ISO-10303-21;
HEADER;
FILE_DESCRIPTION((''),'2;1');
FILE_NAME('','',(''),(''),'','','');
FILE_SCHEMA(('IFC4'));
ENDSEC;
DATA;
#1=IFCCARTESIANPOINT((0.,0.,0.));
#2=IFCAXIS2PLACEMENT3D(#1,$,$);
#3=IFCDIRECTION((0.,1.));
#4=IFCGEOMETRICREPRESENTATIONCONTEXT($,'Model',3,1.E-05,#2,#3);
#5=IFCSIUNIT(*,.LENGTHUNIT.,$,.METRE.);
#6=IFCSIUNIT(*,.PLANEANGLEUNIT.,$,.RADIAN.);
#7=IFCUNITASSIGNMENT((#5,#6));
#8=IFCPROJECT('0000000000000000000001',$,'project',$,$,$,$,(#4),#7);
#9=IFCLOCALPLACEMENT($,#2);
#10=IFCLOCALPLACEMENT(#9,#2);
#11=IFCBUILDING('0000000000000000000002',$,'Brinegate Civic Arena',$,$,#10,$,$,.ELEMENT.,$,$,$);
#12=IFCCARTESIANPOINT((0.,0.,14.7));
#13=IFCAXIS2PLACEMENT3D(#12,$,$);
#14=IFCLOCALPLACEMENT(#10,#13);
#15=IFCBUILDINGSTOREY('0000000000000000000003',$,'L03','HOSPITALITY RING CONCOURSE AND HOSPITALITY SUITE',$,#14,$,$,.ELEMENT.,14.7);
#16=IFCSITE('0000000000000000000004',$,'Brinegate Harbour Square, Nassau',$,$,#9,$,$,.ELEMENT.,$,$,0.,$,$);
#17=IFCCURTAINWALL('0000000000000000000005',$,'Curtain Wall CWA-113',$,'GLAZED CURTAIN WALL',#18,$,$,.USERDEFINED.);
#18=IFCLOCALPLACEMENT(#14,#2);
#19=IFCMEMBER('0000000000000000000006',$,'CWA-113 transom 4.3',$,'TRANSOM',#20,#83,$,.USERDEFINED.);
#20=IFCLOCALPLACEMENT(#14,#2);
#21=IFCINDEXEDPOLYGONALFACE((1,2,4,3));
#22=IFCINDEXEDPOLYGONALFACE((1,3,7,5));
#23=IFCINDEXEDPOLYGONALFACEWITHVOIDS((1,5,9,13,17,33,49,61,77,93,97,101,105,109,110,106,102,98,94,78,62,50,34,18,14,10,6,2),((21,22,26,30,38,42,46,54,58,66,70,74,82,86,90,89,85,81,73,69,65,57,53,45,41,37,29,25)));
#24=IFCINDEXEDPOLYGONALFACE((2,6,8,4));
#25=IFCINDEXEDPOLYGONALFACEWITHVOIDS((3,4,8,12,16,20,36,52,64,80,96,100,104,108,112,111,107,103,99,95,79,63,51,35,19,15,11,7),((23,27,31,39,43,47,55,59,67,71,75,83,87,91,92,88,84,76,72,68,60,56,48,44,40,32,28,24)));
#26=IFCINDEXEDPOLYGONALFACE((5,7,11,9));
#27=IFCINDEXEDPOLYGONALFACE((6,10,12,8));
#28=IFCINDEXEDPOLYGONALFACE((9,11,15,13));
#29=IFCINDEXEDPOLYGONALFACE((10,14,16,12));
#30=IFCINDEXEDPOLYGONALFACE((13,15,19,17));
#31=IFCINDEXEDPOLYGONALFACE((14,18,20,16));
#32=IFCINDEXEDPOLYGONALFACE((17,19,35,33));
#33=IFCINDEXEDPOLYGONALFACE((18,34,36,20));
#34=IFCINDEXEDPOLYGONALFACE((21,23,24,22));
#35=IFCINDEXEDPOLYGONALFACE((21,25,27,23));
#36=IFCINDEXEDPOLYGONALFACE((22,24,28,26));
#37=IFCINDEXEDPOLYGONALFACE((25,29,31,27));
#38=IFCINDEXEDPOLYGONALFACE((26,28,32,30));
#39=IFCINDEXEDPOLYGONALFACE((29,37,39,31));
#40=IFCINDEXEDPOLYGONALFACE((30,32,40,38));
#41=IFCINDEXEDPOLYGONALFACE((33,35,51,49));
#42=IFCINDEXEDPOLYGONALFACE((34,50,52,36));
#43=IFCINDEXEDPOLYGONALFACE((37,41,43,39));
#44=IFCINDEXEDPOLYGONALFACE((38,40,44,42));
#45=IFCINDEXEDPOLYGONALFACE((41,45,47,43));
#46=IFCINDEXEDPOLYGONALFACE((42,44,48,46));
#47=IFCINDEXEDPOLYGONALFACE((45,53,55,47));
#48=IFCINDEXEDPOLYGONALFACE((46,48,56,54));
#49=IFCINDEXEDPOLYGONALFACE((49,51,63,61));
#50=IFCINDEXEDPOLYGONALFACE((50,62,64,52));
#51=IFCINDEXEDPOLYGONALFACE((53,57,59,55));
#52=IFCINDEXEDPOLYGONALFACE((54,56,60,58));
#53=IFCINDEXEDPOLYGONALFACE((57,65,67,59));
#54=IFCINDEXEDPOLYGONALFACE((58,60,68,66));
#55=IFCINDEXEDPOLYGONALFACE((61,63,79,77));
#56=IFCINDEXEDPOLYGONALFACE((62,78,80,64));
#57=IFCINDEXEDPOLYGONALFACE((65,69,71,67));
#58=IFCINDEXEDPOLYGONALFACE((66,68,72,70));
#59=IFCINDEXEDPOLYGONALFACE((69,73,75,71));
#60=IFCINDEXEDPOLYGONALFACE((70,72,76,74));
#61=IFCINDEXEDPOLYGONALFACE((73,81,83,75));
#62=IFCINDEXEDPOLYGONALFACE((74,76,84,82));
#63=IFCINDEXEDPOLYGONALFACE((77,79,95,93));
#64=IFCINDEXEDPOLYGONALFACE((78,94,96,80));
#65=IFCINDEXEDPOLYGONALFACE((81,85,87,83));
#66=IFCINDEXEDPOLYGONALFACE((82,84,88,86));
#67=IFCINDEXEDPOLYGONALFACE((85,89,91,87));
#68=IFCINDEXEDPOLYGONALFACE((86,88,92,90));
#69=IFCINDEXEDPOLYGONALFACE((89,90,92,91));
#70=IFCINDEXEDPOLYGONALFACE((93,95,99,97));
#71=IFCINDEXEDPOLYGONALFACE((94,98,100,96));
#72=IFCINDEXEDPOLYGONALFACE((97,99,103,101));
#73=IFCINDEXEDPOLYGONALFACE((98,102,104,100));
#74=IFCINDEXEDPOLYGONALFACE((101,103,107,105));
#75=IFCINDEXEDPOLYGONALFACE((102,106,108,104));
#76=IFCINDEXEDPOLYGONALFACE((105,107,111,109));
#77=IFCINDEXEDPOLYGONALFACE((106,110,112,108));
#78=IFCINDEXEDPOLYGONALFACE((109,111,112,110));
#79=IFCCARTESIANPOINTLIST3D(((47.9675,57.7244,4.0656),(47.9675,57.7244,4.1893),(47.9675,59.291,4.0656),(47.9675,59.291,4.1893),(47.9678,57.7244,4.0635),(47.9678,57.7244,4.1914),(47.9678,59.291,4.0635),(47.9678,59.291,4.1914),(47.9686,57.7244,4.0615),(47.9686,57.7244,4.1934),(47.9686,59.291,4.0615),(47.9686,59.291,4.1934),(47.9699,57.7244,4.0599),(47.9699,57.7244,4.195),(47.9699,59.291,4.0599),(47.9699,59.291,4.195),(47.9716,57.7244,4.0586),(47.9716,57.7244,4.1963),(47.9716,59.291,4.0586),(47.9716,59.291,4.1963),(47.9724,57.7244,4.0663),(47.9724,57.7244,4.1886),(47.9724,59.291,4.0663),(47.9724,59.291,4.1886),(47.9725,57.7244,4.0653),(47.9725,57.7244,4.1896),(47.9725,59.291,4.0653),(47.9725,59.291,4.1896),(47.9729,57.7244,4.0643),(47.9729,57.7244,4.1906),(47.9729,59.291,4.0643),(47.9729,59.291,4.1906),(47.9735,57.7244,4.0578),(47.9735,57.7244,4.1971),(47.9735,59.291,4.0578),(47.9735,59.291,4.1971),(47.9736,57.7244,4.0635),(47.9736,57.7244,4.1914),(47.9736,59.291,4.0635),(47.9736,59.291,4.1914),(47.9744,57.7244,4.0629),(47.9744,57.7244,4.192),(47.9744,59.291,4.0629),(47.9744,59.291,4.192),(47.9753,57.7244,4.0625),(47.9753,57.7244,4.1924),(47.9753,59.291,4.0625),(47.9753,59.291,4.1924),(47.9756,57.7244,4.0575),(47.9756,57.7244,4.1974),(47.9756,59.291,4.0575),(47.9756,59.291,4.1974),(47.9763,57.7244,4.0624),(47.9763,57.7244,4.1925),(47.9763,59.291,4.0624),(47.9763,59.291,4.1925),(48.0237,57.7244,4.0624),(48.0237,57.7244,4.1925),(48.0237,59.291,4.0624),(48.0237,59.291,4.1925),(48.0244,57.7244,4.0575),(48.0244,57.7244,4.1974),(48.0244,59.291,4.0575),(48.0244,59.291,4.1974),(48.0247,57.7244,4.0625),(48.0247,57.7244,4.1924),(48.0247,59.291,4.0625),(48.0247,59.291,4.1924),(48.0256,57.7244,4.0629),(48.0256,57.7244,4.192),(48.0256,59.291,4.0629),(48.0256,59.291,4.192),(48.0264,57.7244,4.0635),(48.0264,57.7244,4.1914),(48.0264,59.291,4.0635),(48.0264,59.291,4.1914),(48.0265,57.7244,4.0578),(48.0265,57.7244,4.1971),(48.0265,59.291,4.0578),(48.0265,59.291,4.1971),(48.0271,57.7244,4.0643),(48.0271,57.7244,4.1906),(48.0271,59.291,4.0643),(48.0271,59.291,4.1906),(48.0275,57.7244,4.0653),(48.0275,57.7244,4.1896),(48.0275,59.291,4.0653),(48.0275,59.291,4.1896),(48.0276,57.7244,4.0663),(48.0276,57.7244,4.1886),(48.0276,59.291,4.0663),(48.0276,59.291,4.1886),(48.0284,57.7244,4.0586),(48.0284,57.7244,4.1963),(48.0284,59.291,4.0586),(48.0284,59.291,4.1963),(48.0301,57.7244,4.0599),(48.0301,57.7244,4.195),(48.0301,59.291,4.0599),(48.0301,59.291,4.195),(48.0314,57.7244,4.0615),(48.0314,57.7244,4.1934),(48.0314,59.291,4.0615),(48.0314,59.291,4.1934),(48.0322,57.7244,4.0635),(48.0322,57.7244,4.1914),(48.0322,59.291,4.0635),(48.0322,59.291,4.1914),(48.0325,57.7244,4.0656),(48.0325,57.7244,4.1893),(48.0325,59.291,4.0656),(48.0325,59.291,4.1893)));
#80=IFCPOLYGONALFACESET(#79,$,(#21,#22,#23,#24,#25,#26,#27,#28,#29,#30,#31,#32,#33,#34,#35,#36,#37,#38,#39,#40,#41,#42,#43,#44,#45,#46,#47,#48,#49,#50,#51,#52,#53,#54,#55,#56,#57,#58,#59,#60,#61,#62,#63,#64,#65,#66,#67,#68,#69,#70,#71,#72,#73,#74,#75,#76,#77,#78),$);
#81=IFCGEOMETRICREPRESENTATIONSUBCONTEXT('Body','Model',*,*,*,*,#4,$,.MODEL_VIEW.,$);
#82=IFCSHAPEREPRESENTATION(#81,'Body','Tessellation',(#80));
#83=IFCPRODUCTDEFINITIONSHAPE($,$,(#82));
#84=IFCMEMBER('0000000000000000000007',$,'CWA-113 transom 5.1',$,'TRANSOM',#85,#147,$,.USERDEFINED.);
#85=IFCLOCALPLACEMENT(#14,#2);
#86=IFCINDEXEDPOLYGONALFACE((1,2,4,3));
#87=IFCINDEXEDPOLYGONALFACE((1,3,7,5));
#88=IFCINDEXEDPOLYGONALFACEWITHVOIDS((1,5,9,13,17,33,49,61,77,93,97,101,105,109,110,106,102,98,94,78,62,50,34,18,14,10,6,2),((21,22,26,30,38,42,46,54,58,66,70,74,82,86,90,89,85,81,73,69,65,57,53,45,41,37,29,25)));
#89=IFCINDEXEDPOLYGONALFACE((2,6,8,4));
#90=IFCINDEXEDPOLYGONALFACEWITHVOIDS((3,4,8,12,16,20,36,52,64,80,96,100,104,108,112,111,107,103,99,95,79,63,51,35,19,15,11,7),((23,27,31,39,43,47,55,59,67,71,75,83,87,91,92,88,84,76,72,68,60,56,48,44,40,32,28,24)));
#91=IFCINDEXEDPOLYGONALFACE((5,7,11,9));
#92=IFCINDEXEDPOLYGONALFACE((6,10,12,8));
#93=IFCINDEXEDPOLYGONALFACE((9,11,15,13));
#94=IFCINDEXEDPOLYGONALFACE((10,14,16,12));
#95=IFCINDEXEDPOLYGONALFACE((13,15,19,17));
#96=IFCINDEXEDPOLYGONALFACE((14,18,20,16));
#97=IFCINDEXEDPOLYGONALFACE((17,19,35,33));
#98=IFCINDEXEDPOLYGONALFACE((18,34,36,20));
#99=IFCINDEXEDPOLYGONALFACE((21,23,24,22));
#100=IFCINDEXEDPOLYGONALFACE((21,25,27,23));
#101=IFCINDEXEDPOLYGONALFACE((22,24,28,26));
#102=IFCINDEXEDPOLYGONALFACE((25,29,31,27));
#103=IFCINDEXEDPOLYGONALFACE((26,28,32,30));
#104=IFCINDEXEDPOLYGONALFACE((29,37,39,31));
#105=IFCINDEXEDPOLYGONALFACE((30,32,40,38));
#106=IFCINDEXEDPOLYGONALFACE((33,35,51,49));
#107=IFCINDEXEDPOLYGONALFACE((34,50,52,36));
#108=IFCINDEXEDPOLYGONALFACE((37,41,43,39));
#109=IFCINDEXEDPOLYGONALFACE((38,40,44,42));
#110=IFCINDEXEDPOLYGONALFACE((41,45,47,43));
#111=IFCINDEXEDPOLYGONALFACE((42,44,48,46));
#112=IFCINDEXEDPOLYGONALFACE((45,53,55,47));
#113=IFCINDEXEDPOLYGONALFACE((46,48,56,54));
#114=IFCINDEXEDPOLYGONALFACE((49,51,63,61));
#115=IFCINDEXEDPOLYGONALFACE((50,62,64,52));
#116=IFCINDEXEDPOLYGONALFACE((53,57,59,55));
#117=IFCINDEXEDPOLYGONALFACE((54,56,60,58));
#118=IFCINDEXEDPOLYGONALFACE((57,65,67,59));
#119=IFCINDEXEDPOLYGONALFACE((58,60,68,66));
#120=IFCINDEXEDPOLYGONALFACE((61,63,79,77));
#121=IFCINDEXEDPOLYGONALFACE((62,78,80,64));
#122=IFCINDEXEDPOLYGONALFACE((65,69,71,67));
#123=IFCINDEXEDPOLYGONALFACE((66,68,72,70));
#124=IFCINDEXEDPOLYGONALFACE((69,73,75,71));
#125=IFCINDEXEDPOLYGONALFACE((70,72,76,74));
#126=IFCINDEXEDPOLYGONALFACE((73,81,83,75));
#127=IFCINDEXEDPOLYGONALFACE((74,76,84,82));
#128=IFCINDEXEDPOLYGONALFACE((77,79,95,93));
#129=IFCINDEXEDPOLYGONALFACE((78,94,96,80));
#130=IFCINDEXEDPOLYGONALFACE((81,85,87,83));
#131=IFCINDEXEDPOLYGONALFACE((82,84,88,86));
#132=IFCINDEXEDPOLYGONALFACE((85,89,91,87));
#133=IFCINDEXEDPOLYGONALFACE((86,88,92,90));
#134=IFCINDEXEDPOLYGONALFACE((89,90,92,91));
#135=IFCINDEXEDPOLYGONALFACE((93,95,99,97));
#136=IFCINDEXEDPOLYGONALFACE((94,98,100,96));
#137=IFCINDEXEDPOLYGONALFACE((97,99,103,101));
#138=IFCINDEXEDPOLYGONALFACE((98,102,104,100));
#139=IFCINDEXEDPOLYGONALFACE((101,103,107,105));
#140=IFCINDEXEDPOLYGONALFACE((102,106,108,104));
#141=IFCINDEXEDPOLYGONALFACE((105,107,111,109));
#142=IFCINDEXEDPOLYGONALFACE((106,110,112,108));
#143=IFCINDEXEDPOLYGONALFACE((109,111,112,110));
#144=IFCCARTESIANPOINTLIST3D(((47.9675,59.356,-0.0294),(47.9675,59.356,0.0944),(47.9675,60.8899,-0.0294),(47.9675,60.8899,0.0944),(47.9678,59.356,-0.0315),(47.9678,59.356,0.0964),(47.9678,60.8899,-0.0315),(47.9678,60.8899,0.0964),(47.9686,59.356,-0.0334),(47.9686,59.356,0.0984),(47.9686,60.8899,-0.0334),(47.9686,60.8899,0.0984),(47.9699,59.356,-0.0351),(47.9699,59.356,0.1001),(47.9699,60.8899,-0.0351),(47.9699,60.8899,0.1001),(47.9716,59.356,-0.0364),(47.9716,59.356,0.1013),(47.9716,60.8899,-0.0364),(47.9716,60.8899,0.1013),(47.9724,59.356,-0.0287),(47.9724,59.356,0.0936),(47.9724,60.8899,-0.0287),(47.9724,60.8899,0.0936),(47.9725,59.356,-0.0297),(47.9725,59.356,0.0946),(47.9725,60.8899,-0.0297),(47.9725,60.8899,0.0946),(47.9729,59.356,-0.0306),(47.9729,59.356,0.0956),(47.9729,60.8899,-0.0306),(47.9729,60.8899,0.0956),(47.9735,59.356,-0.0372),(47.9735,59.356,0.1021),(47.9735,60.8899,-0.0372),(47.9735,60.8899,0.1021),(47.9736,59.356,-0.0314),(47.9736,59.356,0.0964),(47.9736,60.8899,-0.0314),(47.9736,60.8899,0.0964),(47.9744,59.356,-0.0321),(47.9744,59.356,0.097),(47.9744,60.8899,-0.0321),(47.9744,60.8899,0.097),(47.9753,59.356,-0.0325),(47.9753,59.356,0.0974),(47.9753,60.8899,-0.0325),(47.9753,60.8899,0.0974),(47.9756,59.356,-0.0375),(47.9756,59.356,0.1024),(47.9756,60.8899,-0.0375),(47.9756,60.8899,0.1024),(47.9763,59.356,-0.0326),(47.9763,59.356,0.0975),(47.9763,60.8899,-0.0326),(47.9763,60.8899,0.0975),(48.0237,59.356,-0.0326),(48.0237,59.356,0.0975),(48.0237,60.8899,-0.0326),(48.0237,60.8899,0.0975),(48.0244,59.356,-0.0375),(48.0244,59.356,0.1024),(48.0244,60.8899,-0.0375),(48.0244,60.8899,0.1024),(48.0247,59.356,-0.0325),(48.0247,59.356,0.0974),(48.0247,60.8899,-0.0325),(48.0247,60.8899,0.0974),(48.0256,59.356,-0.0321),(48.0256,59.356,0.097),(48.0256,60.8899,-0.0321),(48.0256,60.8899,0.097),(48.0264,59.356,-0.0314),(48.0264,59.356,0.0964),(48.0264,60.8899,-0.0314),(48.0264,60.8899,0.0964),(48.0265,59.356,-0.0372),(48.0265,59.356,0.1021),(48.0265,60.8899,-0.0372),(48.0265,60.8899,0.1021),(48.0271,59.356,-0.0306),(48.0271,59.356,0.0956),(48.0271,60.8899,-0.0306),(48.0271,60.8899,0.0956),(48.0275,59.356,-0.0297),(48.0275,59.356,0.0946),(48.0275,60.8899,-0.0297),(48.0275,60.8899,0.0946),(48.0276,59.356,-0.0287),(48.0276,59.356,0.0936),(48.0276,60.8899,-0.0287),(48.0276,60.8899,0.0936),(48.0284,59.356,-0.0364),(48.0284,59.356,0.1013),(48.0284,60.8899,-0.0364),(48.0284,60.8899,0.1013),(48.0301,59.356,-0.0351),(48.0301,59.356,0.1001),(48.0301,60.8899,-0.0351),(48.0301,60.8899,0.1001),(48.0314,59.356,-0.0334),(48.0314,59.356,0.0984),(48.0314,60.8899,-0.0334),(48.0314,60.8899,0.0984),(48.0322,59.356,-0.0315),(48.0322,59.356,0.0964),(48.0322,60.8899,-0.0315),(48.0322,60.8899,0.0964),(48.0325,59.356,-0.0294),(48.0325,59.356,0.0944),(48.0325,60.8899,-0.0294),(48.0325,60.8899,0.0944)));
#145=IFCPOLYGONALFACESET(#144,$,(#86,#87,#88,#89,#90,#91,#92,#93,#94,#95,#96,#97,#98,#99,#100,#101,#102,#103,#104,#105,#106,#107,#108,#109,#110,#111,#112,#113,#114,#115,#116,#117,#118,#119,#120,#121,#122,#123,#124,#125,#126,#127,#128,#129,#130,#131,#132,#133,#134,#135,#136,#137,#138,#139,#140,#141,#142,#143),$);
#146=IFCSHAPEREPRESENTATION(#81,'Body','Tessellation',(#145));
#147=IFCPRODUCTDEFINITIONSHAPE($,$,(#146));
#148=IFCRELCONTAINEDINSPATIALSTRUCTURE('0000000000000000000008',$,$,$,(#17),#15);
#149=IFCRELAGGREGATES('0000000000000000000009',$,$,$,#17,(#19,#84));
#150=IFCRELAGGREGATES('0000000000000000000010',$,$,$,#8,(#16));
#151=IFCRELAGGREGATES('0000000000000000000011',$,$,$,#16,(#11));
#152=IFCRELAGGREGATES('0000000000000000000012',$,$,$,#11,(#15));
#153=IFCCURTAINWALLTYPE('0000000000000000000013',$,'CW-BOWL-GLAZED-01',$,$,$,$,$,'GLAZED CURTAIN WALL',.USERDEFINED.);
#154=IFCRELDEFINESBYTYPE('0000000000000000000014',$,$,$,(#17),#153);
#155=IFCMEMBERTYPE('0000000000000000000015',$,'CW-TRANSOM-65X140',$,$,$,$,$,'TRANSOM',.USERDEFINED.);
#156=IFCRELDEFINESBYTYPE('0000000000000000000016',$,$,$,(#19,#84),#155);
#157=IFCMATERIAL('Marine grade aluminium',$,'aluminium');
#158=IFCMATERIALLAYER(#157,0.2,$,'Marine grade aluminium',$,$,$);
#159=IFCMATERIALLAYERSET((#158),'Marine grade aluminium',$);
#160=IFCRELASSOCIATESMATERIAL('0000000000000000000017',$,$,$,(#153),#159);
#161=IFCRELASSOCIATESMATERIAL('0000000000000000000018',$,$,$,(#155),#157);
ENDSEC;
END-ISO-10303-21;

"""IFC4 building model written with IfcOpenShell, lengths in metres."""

from ifc_helpers import new_model, si_unit, direction, frame, origin, origin_2d, place, context, subcontext, project, spatial, hollow_rectangle, extrude, material, layer, layer_set, material_profile, profile_set, type_object, element, aggregate, save


model = new_model("IFC4")

# Units and contexts
model_context = context("Model", 3, precision=1e-05, world=origin(), true_north=direction((0.0, 1.0)))
body_context = subcontext(model_context, "Body", "Model", "MODEL_VIEW")
ifc_project = project(units=[si_unit("LENGTHUNIT", "METRE"), si_unit("PLANEANGLEUNIT", "RADIAN")], contexts=[model_context])

# Site, building, storey
site_placement = place(None, origin())
site = spatial("IfcSite", under=ifc_project, at=site_placement, Name="Brinegate Harbour Square, Nassau", CompositionType="ELEMENT", RefElevation=0.0)
building_placement = place(site_placement, origin())
building = spatial("IfcBuilding", under=site, at=building_placement, Name="Brinegate Civic Arena", CompositionType="ELEMENT")
storey_placement = place(building_placement, frame((0.0, 0.0, 14.7)))
storey = spatial("IfcBuildingStorey", under=building, at=storey_placement, Name="L03", Description="HOSPITALITY RING CONCOURSE AND HOSPITALITY SUITE", CompositionType="ELEMENT", Elevation=14.7)

# Curtain wall
ifc_material_1 = material(Name="Marine grade aluminium", Category="aluminium")
ifc_layer_1 = layer(ifc_material_1, 0.2, Name="Marine grade aluminium")
ifc_layer_set_1 = layer_set([ifc_layer_1], Name="Marine grade aluminium")
curtain_wall_type = type_object("IfcCurtainWallType", Name="CW-BOWL-GLAZED-01", ElementType="GLAZED CURTAIN WALL", PredefinedType="USERDEFINED", material=ifc_layer_set_1)
curtain_wall_1_placement = place(storey_placement, origin())
curtain_wall_1 = element("IfcCurtainWall", 1, at=curtain_wall_1_placement, inside=storey, type_object=curtain_wall_type, Name="Curtain Wall CWA-113", ObjectType="GLAZED CURTAIN WALL", PredefinedType="USERDEFINED")

# Members
ifc_material_profile_1 = material_profile(ifc_material_1, hollow_rectangle(XDim=0.0649, YDim=0.1399, WallThickness=0.0049, InnerFilletRadius=0.0039, OuterFilletRadius=0.0081, at=origin_2d()), Name="TRN65X140")
ifc_profile_set_1 = profile_set([ifc_material_profile_1], Name="Marine grade aluminium")
member_type_1 = type_object("IfcMemberType", Name="CW-TRANSOM-65X140", ElementType="TRANSOM", PredefinedType="USERDEFINED", material=ifc_profile_set_1)
member_1_placement = place(storey_placement, frame((48.0, 57.7244, 4.1274), z_axis=(0.0, 1.0, 0.0), x_axis=(-1.0, 0.0, 0.0)))
member_1 = element("IfcMember", 2, at=member_1_placement, type_object=member_type_1, Name="CWA-113 transom 4.3", ObjectType="TRANSOM", PredefinedType="USERDEFINED", context=body_context, shape_type="SweptSolid", body=[
    extrude(hollow_rectangle(XDim=0.0649, YDim=0.1399, WallThickness=0.0049, InnerFilletRadius=0.0039, OuterFilletRadius=0.0081, at=origin_2d()), origin(), (0.0, 0.0, 1.0), 1.5667),
])
member_2_placement = place(storey_placement, frame((48.0, 59.356, 0.0325), z_axis=(0.0, 1.0, 0.0), x_axis=(-1.0, 0.0, 0.0)))
member_2 = element("IfcMember", 3, at=member_2_placement, type_object=member_type_1, Name="CWA-113 transom 5.1", ObjectType="TRANSOM", PredefinedType="USERDEFINED", context=body_context, shape_type="SweptSolid", body=[
    extrude(hollow_rectangle(XDim=0.0649, YDim=0.1399, WallThickness=0.0049, InnerFilletRadius=0.0039, OuterFilletRadius=0.0081, at=origin_2d()), origin(), (0.0, 0.0, 1.0), 1.5339),
])

aggregate(curtain_wall_1, [member_1, member_2])

save(model, "model.ifc")
